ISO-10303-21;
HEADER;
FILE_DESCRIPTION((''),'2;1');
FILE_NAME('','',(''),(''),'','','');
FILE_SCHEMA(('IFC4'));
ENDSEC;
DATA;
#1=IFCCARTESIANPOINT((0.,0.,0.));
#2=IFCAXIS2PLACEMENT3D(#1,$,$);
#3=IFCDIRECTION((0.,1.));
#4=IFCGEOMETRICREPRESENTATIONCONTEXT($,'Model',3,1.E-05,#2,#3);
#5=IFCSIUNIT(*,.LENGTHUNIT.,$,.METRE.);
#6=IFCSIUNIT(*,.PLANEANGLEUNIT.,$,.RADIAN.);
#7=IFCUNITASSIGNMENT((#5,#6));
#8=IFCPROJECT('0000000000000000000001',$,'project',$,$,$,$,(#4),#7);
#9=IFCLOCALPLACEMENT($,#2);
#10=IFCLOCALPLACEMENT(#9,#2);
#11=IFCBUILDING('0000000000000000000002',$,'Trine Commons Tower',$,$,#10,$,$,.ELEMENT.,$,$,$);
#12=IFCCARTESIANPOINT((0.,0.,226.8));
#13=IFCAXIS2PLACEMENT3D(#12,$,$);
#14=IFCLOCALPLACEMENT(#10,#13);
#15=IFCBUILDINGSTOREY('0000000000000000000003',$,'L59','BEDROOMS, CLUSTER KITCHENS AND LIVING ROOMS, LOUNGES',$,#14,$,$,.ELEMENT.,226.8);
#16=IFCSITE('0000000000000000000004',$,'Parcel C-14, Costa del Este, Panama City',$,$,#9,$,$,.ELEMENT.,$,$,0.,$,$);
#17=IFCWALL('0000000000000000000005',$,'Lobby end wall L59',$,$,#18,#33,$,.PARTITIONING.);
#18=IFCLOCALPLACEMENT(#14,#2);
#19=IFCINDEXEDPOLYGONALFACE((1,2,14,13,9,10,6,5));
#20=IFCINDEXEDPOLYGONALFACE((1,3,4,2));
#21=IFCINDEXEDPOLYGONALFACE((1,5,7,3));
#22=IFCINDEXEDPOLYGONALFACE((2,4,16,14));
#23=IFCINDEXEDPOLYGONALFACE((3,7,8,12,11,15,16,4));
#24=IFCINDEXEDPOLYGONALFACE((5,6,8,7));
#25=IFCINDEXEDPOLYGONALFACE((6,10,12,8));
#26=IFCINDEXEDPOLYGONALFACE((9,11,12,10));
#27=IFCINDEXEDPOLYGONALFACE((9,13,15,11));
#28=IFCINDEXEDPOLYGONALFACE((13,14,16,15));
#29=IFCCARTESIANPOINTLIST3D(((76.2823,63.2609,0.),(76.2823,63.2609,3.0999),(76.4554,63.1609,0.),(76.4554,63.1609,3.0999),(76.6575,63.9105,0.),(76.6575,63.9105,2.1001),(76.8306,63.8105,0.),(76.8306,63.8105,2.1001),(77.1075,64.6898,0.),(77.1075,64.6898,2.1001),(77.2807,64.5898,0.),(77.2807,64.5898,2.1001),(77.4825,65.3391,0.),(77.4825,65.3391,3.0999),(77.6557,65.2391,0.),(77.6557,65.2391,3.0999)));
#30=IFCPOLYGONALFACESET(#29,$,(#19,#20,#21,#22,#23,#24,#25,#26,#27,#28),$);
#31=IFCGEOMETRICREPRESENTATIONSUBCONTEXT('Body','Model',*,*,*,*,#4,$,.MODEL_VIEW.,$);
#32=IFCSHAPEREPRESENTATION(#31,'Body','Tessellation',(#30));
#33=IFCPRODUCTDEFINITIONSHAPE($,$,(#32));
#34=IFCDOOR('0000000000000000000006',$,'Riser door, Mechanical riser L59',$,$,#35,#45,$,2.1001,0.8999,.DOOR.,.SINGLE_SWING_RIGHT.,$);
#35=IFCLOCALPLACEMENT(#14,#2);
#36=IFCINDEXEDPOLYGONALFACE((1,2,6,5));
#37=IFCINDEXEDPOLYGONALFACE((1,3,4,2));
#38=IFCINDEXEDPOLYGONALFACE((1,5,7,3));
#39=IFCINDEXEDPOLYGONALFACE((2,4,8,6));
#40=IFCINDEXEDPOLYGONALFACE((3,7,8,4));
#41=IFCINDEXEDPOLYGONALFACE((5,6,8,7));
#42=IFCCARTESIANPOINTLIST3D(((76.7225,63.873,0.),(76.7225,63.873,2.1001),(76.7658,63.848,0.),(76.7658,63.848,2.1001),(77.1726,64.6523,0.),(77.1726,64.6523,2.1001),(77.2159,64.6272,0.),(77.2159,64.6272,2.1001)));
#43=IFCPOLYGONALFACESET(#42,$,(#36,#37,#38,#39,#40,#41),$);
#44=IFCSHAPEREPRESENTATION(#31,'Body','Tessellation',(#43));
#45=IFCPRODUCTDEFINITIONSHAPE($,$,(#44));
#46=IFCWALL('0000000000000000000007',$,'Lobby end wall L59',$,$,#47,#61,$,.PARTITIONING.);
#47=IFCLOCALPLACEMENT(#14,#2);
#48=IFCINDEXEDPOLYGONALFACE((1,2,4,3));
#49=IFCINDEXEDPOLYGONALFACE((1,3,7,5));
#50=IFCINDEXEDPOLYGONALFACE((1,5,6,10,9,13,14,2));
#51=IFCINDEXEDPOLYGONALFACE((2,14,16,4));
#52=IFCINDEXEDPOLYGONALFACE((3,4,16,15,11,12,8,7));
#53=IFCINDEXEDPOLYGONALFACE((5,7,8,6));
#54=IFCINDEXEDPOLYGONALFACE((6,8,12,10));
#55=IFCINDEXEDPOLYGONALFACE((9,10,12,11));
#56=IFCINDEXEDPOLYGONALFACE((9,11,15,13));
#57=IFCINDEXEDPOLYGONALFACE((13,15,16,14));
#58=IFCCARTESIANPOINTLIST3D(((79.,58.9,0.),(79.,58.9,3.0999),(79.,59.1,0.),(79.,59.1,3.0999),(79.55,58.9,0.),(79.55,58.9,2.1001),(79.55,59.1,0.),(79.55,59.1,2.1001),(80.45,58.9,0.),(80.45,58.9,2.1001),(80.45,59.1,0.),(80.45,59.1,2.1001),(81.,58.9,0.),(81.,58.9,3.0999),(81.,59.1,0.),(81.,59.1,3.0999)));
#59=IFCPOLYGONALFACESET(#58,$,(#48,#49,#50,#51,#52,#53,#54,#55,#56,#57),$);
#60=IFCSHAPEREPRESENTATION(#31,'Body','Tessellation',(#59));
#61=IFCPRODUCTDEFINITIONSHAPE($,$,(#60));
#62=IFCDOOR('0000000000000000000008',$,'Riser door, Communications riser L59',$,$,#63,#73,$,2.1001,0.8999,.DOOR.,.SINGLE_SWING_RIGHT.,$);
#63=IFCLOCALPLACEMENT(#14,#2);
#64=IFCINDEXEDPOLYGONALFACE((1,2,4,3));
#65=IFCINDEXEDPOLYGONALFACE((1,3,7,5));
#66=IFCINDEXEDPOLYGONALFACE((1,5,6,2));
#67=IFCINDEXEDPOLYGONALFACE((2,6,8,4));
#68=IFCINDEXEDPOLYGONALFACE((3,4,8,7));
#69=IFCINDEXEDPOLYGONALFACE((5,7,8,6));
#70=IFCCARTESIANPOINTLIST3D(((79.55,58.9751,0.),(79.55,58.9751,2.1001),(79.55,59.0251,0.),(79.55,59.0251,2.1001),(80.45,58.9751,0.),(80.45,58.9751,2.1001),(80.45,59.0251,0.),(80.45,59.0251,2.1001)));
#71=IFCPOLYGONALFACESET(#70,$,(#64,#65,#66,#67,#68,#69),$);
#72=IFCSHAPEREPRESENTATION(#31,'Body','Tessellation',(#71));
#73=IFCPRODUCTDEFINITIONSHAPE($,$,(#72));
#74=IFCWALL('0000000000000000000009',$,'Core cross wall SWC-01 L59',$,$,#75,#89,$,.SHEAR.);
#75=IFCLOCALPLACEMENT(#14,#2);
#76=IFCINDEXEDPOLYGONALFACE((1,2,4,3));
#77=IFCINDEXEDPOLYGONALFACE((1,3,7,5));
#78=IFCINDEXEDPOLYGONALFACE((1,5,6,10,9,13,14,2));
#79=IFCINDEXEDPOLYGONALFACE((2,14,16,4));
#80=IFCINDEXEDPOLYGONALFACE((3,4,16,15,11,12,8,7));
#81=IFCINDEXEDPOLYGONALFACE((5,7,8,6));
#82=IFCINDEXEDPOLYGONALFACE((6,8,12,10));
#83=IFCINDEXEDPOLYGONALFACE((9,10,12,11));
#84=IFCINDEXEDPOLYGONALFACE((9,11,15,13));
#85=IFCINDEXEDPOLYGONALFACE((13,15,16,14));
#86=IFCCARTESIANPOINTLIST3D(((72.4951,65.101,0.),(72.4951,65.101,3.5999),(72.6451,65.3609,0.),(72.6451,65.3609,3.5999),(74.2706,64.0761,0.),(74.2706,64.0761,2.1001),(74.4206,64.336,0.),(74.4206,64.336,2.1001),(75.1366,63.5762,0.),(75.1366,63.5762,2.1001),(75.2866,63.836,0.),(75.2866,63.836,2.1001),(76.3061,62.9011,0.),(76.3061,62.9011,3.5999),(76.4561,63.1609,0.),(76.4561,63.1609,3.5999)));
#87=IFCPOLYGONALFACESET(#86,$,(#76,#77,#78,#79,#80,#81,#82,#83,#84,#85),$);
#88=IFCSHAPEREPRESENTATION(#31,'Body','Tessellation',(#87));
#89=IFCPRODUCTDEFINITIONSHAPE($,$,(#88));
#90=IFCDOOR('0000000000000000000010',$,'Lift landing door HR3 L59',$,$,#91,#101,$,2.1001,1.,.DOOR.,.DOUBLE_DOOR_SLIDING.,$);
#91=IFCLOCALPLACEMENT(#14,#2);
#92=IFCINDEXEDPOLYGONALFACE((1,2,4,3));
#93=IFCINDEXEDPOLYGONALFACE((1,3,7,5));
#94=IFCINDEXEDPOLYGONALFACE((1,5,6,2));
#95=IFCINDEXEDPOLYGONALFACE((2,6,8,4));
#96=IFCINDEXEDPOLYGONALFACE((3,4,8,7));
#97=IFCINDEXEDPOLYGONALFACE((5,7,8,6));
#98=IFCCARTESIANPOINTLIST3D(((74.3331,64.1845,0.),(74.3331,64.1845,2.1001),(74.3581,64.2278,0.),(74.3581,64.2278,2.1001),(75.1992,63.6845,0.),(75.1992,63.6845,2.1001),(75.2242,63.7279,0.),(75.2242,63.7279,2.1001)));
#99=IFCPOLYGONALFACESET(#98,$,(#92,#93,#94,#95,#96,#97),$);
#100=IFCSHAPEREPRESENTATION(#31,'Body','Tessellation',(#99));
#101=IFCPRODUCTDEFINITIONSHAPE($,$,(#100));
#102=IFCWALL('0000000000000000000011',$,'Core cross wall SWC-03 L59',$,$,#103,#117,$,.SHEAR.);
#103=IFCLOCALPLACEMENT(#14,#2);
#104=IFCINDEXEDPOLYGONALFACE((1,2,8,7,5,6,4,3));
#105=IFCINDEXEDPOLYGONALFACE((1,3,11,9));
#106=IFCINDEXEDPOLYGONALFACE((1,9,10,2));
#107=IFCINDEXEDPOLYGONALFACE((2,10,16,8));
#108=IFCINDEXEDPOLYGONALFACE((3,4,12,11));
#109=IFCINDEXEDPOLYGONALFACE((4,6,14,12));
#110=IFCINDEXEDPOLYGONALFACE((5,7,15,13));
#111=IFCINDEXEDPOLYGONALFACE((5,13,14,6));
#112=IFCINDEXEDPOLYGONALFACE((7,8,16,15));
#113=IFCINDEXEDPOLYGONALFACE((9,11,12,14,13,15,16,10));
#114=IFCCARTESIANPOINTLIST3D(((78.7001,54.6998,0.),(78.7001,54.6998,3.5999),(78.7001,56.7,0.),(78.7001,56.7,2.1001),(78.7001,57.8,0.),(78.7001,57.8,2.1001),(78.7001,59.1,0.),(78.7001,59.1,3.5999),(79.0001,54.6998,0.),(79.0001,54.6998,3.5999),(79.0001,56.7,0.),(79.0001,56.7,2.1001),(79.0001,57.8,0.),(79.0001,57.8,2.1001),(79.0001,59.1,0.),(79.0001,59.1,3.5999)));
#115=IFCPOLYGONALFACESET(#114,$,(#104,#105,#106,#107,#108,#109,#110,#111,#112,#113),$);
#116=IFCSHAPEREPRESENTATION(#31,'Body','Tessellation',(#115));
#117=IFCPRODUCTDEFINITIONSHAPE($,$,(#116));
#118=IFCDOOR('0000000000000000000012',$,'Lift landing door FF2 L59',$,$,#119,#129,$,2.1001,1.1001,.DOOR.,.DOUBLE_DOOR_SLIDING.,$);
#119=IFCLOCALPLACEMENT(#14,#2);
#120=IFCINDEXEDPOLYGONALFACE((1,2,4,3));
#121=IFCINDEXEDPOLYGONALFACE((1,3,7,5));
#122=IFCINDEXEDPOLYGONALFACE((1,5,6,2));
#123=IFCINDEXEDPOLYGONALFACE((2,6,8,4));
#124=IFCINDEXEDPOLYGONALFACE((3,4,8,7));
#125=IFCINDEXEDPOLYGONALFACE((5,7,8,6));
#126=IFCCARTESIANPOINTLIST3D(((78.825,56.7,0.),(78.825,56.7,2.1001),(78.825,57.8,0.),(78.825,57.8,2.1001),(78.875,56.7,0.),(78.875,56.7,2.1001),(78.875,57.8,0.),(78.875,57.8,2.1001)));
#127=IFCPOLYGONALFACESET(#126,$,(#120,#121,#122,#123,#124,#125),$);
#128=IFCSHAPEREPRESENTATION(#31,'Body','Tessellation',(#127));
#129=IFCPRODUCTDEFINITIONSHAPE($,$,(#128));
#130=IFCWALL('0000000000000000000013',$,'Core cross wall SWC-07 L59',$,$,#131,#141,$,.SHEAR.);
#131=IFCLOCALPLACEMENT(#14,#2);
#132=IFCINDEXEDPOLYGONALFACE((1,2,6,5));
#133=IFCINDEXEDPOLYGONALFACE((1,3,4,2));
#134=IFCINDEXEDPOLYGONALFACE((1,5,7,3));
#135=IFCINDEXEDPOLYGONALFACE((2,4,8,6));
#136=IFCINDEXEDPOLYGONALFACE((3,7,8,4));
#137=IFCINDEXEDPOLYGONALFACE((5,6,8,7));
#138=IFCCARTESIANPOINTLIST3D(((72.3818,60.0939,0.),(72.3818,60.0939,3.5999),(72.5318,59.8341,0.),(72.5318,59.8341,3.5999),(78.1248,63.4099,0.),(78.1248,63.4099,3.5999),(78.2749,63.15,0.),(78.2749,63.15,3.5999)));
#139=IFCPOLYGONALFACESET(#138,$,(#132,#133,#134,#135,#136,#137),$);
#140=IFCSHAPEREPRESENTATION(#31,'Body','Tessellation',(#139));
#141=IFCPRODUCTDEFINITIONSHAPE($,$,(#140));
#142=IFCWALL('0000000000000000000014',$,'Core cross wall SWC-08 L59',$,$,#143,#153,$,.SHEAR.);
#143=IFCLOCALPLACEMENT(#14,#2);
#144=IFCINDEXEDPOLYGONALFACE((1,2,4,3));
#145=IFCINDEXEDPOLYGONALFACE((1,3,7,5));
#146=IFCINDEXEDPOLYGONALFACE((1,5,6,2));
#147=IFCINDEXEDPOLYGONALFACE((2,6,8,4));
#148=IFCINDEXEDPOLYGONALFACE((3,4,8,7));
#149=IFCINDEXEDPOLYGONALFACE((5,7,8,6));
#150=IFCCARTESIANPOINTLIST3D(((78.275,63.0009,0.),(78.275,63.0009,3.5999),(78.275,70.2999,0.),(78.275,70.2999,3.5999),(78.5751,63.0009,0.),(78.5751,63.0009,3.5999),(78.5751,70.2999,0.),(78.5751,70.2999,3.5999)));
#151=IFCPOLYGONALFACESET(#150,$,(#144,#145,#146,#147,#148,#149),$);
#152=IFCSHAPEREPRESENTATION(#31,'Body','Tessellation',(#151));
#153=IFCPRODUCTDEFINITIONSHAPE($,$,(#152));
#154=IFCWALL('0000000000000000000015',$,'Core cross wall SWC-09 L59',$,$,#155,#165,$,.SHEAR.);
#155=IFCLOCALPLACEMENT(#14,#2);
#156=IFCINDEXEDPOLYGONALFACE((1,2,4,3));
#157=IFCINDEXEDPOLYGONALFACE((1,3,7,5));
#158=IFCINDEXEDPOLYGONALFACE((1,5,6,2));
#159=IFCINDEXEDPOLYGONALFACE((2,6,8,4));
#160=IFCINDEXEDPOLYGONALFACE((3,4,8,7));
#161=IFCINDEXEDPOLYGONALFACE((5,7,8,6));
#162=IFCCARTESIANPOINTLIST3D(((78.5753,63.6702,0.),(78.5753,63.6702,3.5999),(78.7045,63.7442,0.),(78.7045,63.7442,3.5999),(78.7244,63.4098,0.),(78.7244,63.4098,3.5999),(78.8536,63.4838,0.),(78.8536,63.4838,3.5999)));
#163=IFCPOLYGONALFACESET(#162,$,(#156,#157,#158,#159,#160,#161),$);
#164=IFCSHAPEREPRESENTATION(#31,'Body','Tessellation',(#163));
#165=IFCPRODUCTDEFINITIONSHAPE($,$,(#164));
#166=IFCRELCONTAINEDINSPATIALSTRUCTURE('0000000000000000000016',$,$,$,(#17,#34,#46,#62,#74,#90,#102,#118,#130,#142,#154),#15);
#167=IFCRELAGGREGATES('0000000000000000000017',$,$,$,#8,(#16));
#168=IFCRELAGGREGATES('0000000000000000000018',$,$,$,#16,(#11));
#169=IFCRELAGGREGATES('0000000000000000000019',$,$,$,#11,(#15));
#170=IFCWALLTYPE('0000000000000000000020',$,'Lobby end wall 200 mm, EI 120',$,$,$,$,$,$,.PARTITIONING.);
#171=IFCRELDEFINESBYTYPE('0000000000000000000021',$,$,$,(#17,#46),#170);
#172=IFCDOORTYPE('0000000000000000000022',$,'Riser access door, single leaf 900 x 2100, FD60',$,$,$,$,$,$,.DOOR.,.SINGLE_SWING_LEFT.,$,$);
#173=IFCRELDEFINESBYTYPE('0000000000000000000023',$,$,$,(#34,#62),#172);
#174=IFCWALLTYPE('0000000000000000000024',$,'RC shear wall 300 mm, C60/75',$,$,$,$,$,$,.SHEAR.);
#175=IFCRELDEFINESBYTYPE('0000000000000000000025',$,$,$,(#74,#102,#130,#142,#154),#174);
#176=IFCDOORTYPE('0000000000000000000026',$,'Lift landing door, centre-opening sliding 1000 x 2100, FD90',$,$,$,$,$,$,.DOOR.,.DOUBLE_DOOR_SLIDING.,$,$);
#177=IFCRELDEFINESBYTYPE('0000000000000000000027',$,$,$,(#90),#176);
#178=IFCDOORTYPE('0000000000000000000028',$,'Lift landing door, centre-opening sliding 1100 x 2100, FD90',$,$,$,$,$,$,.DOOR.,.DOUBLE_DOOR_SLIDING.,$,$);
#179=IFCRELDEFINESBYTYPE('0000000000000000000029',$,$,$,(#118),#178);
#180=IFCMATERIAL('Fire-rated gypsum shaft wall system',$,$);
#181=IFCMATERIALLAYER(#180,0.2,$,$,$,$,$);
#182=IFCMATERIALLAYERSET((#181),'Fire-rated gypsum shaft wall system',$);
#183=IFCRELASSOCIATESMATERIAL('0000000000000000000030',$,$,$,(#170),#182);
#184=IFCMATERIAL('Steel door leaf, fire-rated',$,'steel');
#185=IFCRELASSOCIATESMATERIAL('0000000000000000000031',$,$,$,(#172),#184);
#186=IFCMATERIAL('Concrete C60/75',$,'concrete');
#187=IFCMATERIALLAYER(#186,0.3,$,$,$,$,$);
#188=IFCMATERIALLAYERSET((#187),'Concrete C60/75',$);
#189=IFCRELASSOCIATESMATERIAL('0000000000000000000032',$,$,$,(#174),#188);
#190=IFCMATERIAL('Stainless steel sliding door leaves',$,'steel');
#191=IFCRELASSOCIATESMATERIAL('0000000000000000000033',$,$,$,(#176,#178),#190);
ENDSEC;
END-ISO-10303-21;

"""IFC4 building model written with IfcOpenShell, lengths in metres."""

from ifc_helpers import new_model, si_unit, direction, frame, frame_2d, origin, place, context, subcontext, project, spatial, rectangle, extrude, material, layer, layer_set, type_object, element, fill, save


model = new_model("IFC4")

# Units and contexts
model_context = context("Model", 3, precision=1e-05, world=origin(), true_north=direction((0.0, 1.0)))
body_context = subcontext(model_context, "Body", "Model", "MODEL_VIEW")
ifc_project = project(units=[si_unit("LENGTHUNIT", "METRE"), si_unit("PLANEANGLEUNIT", "RADIAN")], contexts=[model_context])

# Site, building, storey
site_placement = place(None, origin())
site = spatial("IfcSite", under=ifc_project, at=site_placement, Name="Parcel C-14, Costa del Este, Panama City", CompositionType="ELEMENT", RefElevation=0.0)
building_placement = place(site_placement, origin())
building = spatial("IfcBuilding", under=site, at=building_placement, Name="Trine Commons Tower", CompositionType="ELEMENT")
storey_placement = place(building_placement, frame((0.0, 0.0, 226.8)))
storey = spatial("IfcBuildingStorey", under=building, at=storey_placement, Name="L59", Description="BEDROOMS, CLUSTER KITCHENS AND LIVING ROOMS, LOUNGES", CompositionType="ELEMENT", Elevation=226.8)

# Walls, openings, doors
ifc_material_1 = material(Name="Fire-rated gypsum shaft wall system")
ifc_layer_1 = layer(ifc_material_1, 0.2)
ifc_layer_set_1 = layer_set([ifc_layer_1], Name="Fire-rated gypsum shaft wall system")
wall_type_1 = type_object("IfcWallType", Name="Lobby end wall 200 mm, EI 120", PredefinedType="PARTITIONING", material=ifc_layer_set_1)
wall_1_placement = place(storey_placement, frame((77.5691, 65.2891, 0.0), z_axis=(0.0, 0.0, 1.0), x_axis=(-0.500122, -0.865955, 0.0)))
wall_1 = element("IfcWall", 1, at=wall_1_placement, inside=storey, type_object=wall_type_1, Name="Lobby end wall L59", PredefinedType="PARTITIONING", context=body_context, shape_type="SweptSolid", body=[
    extrude(rectangle(XDim=2.3999, YDim=0.2, at=frame_2d((1.2, 0.0))), origin(), (0.0, 0.0, 1.0), 3.0999),
])
opening_1_placement = place(wall_1_placement, frame((0.7498, 0.0, 0.0)))
opening_1 = element("IfcOpeningElement", 2, at=opening_1_placement, cuts=wall_1, PredefinedType="OPENING", context=body_context, shape_type="SweptSolid", body=[
    extrude(rectangle(XDim=0.8999, YDim=2.1001, at=frame_2d((0.45, 1.05))), frame((0.0, 0.1099, 0.0), z_axis=(0.0, -1.0, 0.0), x_axis=(1.0, 0.0, 0.0)), (0.0, 0.0, 1.0), 0.22),
])
ifc_material_2 = material(Name="Steel door leaf, fire-rated", Category="steel")
door_type_1 = type_object("IfcDoorType", Name="Riser access door, single leaf 900 x 2100, FD60", OperationType="SINGLE_SWING_LEFT", PredefinedType="DOOR", material=ifc_material_2)
door_1_placement = place(opening_1_placement, frame((0.8999, 0.0, 0.0), z_axis=(0.0, 0.0, 1.0), x_axis=(-1.0, 0.0, 0.0)))
door_1 = element("IfcDoor", 3, at=door_1_placement, inside=storey, type_object=door_type_1, Name="Riser door, Mechanical riser L59", OperationType="SINGLE_SWING_RIGHT", OverallHeight=2.1001, OverallWidth=0.8999, PredefinedType="DOOR", context=body_context, shape_type="SweptSolid", body=[
    extrude(rectangle(XDim=0.8999, YDim=2.1001, at=frame_2d((0.45, 1.05))), frame((0.0, 0.0249, 0.0), z_axis=(0.0, -1.0, 0.0), x_axis=(1.0, 0.0, 0.0)), (0.0, 0.0, 1.0), 0.05),
])
fill(opening_1, door_1)
wall_2_placement = place(storey_placement, frame((79.0, 59.0, 0.0), z_axis=(0.0, 0.0, 1.0), x_axis=(1.0, 0.0, 0.0)))
wall_2 = element("IfcWall", 4, at=wall_2_placement, inside=storey, type_object=wall_type_1, Name="Lobby end wall L59", PredefinedType="PARTITIONING", context=body_context, shape_type="SweptSolid", body=[
    extrude(rectangle(XDim=2.0, YDim=0.2, at=frame_2d((1.0, 0.0))), origin(), (0.0, 0.0, 1.0), 3.0999),
])
opening_2_placement = place(wall_2_placement, frame((0.55, 0.0, 0.0)))
opening_2 = element("IfcOpeningElement", 5, at=opening_2_placement, cuts=wall_2, PredefinedType="OPENING", context=body_context, shape_type="SweptSolid", body=[
    extrude(rectangle(XDim=0.8999, YDim=2.1001, at=frame_2d((0.45, 1.05))), frame((0.0, 0.1099, 0.0), z_axis=(0.0, -1.0, 0.0), x_axis=(1.0, 0.0, 0.0)), (0.0, 0.0, 1.0), 0.22),
])
door_2_placement = place(opening_2_placement, frame((0.8999, 0.0, 0.0), z_axis=(0.0, 0.0, 1.0), x_axis=(-1.0, 0.0, 0.0)))
door_2 = element("IfcDoor", 6, at=door_2_placement, inside=storey, type_object=door_type_1, Name="Riser door, Communications riser L59", OperationType="SINGLE_SWING_RIGHT", OverallHeight=2.1001, OverallWidth=0.8999, PredefinedType="DOOR", context=body_context, shape_type="SweptSolid", body=[
    extrude(rectangle(XDim=0.8999, YDim=2.1001, at=frame_2d((0.45, 1.05))), frame((0.0, 0.0249, 0.0), z_axis=(0.0, -1.0, 0.0), x_axis=(1.0, 0.0, 0.0)), (0.0, 0.0, 1.0), 0.05),
])
fill(opening_2, door_2)
ifc_material_3 = material(Name="Concrete C60/75", Category="concrete")
ifc_layer_2 = layer(ifc_material_3, 0.3)
ifc_layer_set_2 = layer_set([ifc_layer_2], Name="Concrete C60/75")
wall_type_2 = type_object("IfcWallType", Name="RC shear wall 300 mm, C60/75", PredefinedType="SHEAR", material=ifc_layer_set_2)
wall_3_placement = place(storey_placement, frame((76.3811, 63.031, 0.0), z_axis=(0.0, 0.0, 1.0), x_axis=(-0.86606, 0.49994, 0.0)))
wall_3 = element("IfcWall", 7, at=wall_3_placement, inside=storey, type_object=wall_type_2, Name="Core cross wall SWC-01 L59", PredefinedType="SHEAR", context=body_context, shape_type="SweptSolid", body=[
    extrude(rectangle(XDim=4.4004, YDim=0.3, at=frame_2d((2.2002, 0.0))), origin(), (0.0, 0.0, 1.0), 3.5999),
])
opening_3_placement = place(wall_3_placement, frame((1.3503, 0.0, 0.0)))
opening_3 = element("IfcOpeningElement", 8, at=opening_3_placement, cuts=wall_3, PredefinedType="OPENING", context=body_context, shape_type="SweptSolid", body=[
    extrude(rectangle(XDim=1.0, YDim=2.1001, at=frame_2d((0.5, 1.05))), frame((0.0, 0.1599, 0.0), z_axis=(0.0, -1.0, 0.0), x_axis=(1.0, 0.0, 0.0)), (0.0, 0.0, 1.0), 0.3201),
])
ifc_material_4 = material(Name="Stainless steel sliding door leaves", Category="steel")
door_type_2 = type_object("IfcDoorType", Name="Lift landing door, centre-opening sliding 1000 x 2100, FD90", OperationType="DOUBLE_DOOR_SLIDING", PredefinedType="DOOR", material=ifc_material_4)
door_3_placement = place(opening_3_placement, origin())
door_3 = element("IfcDoor", 9, at=door_3_placement, inside=storey, type_object=door_type_2, Name="Lift landing door HR3 L59", OperationType="DOUBLE_DOOR_SLIDING", OverallHeight=2.1001, OverallWidth=1.0, PredefinedType="DOOR", context=body_context, shape_type="SweptSolid", body=[
    extrude(rectangle(XDim=1.0, YDim=2.1001, at=frame_2d((0.5, 1.05))), frame((0.0, 0.0249, 0.0), z_axis=(0.0, -1.0, 0.0), x_axis=(1.0, 0.0, 0.0)), (0.0, 0.0, 1.0), 0.05),
])
fill(opening_3, door_3)
wall_4_placement = place(storey_placement, frame((78.8501, 59.1001, 0.0), z_axis=(0.0, 0.0, 1.0), x_axis=(0.0, -1.0, 0.0)))
wall_4 = element("IfcWall", 10, at=wall_4_placement, inside=storey, type_object=wall_type_2, Name="Core cross wall SWC-03 L59", PredefinedType="SHEAR", context=body_context, shape_type="SweptSolid", body=[
    extrude(rectangle(XDim=4.4001, YDim=0.3, at=frame_2d((2.2002, 0.0))), origin(), (0.0, 0.0, 1.0), 3.5999),
])
opening_4_placement = place(wall_4_placement, frame((1.3, 0.0, 0.0)))
opening_4 = element("IfcOpeningElement", 11, at=opening_4_placement, cuts=wall_4, PredefinedType="OPENING", context=body_context, shape_type="SweptSolid", body=[
    extrude(rectangle(XDim=1.1001, YDim=2.1001, at=frame_2d((0.55, 1.05))), frame((0.0, 0.1599, 0.0), z_axis=(0.0, -1.0, 0.0), x_axis=(1.0, 0.0, 0.0)), (0.0, 0.0, 1.0), 0.3201),
])
door_type_3 = type_object("IfcDoorType", Name="Lift landing door, centre-opening sliding 1100 x 2100, FD90", OperationType="DOUBLE_DOOR_SLIDING", PredefinedType="DOOR", material=ifc_material_4)
door_4_placement = place(opening_4_placement, origin())
door_4 = element("IfcDoor", 12, at=door_4_placement, inside=storey, type_object=door_type_3, Name="Lift landing door FF2 L59", OperationType="DOUBLE_DOOR_SLIDING", OverallHeight=2.1001, OverallWidth=1.1001, PredefinedType="DOOR", context=body_context, shape_type="SweptSolid", body=[
    extrude(rectangle(XDim=1.1001, YDim=2.1001, at=frame_2d((0.55, 1.05))), frame((0.0, 0.0249, 0.0), z_axis=(0.0, -1.0, 0.0), x_axis=(1.0, 0.0, 0.0)), (0.0, 0.0, 1.0), 0.05),
])
fill(opening_4, door_4)

# Walls
wall_5_placement = place(storey_placement, frame((78.2, 63.28, 0.0), z_axis=(0.0, 0.0, 1.0), x_axis=(-0.86601, -0.500027, 0.0)))
element("IfcWall", 13, at=wall_5_placement, inside=storey, type_object=wall_type_2, Name="Core cross wall SWC-07 L59", PredefinedType="SHEAR", context=body_context, shape_type="SweptSolid", body=[
    extrude(rectangle(XDim=6.6316, YDim=0.3, at=frame_2d((3.3159, 0.0))), origin(), (0.0, 0.0, 1.0), 3.5999),
])
wall_6_placement = place(storey_placement, frame((78.425, 63.001, 0.0), z_axis=(0.0, 0.0, 1.0), x_axis=(0.0, 1.0, 0.0)))
element("IfcWall", 14, at=wall_6_placement, inside=storey, type_object=wall_type_2, Name="Core cross wall SWC-08 L59", PredefinedType="SHEAR", context=body_context, shape_type="SweptSolid", body=[
    extrude(rectangle(XDim=7.2991, YDim=0.3, at=frame_2d((3.6494, 0.0))), origin(), (0.0, 0.0, 1.0), 3.5999),
])
wall_7_placement = place(storey_placement, frame((78.7791, 63.614, 0.0), z_axis=(0.0, 0.0, 1.0), x_axis=(-0.867738, -0.497022, 0.0)))
element("IfcWall", 15, at=wall_7_placement, inside=storey, type_object=wall_type_2, Name="Core cross wall SWC-09 L59", PredefinedType="SHEAR", context=body_context, shape_type="SweptSolid", body=[
    extrude(rectangle(XDim=0.1489, YDim=0.3, at=frame_2d((0.0745, 0.0))), origin(), (0.0, 0.0, 1.0), 3.5999),
])

save(model, "model.ifc")
